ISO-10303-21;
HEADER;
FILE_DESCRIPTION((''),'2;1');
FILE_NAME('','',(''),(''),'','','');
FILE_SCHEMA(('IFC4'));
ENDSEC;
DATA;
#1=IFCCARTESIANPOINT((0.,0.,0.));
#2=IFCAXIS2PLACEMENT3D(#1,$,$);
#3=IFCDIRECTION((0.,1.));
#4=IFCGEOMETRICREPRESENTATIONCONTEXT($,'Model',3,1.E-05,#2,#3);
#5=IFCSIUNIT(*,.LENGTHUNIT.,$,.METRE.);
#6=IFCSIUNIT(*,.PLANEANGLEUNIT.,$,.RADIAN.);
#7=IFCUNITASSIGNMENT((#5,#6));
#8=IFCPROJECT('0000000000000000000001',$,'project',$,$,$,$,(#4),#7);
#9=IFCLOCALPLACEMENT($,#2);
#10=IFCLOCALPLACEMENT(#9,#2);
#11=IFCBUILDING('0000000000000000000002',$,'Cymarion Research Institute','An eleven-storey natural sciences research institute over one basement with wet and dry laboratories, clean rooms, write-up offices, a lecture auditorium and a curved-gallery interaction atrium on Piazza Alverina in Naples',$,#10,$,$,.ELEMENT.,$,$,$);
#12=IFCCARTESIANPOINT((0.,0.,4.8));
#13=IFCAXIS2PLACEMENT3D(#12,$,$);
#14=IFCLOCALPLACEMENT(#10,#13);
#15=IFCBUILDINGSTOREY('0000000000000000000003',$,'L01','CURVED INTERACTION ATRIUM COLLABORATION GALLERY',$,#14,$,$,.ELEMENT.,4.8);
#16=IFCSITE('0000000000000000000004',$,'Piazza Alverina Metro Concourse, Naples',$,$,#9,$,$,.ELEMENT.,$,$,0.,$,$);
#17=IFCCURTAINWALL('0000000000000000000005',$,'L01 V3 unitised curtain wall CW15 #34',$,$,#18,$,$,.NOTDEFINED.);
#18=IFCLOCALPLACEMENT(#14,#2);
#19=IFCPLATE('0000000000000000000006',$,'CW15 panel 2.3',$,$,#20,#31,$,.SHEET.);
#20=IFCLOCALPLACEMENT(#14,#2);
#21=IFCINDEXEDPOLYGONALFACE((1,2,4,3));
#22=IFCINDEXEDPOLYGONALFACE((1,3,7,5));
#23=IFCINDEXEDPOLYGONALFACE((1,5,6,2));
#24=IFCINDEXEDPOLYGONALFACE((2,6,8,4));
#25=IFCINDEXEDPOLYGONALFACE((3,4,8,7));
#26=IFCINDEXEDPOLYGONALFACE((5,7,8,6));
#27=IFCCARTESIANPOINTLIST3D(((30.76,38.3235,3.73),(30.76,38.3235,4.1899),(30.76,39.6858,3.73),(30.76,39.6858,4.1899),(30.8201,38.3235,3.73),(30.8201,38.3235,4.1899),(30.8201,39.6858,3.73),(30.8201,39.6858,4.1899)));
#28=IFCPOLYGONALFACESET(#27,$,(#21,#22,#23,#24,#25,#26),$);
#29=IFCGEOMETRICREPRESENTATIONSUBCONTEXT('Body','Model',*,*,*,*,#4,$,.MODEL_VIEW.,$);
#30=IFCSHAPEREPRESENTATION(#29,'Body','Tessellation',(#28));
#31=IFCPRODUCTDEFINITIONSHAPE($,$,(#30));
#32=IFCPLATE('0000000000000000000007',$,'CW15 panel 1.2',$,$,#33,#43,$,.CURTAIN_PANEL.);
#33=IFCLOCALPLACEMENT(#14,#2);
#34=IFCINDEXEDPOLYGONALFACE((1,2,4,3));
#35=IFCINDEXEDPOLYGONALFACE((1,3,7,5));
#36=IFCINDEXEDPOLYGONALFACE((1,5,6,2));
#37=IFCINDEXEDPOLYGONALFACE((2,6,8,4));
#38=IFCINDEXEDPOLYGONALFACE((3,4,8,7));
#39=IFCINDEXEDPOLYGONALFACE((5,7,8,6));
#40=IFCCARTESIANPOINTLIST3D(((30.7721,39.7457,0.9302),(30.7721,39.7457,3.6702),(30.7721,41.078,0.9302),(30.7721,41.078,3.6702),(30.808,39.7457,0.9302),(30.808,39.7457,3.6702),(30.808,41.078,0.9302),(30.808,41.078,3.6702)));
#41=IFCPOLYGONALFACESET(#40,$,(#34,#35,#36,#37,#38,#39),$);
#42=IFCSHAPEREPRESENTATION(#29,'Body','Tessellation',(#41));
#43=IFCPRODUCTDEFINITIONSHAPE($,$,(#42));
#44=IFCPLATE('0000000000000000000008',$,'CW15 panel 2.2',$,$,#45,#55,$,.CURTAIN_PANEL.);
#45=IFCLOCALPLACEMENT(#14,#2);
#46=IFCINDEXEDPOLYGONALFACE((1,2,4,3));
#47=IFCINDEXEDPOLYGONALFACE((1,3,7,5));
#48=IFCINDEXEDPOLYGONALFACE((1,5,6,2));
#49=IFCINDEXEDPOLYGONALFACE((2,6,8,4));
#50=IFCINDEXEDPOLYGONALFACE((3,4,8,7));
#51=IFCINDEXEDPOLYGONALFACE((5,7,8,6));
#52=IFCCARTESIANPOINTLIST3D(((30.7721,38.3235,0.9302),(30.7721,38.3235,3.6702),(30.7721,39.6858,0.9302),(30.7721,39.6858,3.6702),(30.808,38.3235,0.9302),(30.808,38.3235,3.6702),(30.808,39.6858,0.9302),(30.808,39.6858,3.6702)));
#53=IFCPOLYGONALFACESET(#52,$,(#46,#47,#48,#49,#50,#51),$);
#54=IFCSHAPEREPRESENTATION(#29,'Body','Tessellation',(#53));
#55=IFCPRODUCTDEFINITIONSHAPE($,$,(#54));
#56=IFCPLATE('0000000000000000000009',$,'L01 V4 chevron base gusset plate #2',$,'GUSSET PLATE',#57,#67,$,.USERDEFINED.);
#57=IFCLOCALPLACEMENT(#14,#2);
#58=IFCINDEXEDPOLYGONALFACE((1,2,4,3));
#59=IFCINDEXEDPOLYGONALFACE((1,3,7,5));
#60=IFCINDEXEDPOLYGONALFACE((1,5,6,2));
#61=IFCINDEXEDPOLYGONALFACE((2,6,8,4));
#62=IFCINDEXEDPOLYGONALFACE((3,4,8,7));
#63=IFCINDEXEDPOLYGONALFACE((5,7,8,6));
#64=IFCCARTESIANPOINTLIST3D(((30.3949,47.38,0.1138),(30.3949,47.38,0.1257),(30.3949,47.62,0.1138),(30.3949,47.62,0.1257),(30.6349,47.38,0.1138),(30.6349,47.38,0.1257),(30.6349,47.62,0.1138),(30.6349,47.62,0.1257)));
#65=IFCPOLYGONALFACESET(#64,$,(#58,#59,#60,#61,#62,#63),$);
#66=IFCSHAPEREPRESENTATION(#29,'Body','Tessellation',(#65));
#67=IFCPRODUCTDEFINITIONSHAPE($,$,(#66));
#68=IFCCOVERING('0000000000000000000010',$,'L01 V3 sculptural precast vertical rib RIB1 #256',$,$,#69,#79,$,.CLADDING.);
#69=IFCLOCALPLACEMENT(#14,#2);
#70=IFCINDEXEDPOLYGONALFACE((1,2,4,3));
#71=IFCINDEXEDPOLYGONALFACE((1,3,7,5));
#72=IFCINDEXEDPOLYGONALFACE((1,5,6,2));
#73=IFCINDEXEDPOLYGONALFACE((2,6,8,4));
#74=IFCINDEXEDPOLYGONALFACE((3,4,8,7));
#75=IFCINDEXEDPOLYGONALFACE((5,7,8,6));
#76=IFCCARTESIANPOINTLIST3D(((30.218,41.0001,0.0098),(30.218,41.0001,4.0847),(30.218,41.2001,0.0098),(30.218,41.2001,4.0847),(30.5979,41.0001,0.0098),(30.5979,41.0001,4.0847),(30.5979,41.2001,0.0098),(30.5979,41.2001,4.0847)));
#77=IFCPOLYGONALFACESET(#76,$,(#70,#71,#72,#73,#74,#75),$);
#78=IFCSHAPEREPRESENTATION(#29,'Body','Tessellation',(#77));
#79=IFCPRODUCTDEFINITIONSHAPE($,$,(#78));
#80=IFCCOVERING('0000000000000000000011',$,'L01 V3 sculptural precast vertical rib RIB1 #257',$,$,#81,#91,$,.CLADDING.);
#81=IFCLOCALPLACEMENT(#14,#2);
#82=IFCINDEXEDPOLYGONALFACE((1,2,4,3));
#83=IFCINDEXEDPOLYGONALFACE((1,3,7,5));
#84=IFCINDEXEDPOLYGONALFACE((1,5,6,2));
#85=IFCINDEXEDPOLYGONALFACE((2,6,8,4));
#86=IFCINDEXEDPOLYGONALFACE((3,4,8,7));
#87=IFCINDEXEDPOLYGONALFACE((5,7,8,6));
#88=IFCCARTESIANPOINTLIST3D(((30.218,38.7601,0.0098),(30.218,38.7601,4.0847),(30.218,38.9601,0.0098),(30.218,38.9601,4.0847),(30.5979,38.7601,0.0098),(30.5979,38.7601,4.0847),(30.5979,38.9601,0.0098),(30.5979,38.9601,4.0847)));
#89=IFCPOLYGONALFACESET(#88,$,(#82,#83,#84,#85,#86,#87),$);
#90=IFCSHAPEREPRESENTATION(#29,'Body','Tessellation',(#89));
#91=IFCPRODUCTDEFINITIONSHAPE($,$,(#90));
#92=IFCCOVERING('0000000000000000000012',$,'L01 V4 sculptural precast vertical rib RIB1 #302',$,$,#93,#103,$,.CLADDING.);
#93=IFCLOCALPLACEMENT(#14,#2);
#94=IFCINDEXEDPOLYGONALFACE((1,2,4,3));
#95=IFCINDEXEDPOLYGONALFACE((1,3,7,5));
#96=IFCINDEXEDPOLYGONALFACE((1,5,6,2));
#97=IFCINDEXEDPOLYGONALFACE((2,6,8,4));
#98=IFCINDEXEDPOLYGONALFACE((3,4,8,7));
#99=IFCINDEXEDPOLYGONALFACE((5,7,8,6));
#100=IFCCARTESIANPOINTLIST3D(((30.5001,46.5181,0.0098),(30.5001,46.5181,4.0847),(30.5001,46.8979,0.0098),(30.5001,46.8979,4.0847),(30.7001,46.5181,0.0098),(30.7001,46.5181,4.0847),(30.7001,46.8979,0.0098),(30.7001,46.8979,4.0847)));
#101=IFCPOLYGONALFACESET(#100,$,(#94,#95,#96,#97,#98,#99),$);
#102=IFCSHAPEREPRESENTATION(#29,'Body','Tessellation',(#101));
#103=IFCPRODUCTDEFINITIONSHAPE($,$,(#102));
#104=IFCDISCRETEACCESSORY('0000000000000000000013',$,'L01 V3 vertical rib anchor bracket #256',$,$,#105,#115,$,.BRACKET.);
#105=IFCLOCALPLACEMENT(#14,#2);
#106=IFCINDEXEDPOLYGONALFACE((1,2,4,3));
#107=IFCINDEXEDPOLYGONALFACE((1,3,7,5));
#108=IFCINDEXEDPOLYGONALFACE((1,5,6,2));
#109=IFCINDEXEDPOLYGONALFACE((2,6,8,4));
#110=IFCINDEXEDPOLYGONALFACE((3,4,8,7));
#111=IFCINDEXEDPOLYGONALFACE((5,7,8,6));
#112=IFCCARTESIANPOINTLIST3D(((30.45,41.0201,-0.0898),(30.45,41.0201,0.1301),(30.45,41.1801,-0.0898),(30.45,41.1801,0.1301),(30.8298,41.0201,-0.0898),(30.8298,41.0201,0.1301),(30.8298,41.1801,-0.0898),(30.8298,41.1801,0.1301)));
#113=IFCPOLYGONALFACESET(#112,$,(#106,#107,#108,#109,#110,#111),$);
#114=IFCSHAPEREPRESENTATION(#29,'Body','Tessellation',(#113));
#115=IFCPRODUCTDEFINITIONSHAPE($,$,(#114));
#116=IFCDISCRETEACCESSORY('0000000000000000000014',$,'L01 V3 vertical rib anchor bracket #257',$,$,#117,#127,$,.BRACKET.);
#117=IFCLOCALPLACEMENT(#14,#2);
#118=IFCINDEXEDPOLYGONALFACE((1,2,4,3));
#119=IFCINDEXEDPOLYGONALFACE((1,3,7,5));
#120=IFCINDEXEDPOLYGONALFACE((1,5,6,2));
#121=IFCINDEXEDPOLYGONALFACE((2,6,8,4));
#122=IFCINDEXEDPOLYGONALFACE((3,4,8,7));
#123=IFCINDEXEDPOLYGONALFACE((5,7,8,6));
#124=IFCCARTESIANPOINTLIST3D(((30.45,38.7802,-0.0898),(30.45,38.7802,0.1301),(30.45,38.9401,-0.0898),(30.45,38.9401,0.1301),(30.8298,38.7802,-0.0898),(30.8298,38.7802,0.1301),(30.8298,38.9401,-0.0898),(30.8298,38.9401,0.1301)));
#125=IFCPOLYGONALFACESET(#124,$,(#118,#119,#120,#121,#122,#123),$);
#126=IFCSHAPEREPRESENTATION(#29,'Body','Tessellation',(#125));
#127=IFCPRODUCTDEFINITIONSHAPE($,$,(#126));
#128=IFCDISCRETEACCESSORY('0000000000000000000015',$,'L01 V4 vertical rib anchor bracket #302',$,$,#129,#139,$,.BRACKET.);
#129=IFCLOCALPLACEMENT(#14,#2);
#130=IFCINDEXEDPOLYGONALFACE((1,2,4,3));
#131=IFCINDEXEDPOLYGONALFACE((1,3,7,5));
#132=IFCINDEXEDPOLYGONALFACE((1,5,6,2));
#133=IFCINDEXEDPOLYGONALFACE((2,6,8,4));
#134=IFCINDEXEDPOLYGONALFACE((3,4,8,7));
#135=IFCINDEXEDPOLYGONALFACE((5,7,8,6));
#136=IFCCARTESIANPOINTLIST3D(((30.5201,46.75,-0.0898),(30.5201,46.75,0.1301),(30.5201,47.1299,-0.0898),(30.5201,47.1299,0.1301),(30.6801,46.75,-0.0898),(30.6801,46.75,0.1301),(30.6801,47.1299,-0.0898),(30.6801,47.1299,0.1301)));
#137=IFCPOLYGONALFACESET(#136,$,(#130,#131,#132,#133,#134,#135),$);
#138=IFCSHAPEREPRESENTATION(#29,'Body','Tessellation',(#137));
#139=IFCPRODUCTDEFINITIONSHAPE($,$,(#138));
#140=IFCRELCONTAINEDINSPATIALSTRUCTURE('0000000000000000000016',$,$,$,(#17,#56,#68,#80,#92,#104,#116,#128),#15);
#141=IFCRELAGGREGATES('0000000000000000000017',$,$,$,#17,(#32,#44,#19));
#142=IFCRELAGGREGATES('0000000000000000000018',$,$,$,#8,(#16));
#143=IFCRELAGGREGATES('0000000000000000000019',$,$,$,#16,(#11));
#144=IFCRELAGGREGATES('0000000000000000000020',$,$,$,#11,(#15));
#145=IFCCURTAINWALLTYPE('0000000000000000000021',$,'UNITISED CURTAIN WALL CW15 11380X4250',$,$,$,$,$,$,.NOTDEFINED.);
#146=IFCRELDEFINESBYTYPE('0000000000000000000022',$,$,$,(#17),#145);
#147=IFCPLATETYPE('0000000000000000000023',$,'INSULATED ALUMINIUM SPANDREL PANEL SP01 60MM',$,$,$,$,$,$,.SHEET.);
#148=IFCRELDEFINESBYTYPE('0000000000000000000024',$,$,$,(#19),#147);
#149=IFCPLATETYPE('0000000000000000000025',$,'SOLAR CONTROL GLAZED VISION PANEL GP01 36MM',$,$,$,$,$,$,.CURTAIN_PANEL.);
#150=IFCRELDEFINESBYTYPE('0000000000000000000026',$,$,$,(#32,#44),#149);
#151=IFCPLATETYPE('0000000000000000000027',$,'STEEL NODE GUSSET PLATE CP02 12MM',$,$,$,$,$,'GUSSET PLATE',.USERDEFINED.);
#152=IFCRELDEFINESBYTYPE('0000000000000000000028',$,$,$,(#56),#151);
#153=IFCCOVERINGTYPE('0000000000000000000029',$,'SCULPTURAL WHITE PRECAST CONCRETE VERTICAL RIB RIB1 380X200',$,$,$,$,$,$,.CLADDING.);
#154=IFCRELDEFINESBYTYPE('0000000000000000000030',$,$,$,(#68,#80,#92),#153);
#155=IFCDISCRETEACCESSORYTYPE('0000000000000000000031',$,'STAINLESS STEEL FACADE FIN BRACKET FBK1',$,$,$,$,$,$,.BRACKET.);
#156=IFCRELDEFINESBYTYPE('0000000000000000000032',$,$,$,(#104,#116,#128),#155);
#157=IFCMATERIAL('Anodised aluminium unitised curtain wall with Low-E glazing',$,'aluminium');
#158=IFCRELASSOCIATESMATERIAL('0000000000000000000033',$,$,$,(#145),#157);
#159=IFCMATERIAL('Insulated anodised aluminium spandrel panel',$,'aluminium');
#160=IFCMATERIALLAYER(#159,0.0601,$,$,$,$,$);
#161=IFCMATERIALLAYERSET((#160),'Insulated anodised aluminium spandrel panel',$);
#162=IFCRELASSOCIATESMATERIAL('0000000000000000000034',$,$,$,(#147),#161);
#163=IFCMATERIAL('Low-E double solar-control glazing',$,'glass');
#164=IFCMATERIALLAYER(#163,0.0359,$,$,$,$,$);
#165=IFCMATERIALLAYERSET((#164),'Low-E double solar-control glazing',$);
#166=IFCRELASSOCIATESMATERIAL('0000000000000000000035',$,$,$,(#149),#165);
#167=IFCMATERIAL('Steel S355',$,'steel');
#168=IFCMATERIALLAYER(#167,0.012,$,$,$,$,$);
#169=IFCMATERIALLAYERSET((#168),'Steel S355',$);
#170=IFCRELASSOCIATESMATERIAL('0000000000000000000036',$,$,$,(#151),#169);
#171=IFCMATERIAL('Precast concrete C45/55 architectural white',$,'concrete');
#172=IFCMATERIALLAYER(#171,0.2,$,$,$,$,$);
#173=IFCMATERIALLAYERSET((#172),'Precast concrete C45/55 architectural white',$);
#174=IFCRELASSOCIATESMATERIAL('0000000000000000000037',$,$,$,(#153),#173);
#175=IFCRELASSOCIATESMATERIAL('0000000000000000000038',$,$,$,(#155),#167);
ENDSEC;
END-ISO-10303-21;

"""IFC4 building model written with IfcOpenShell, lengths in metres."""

from ifc_helpers import new_model, si_unit, direction, frame, origin, origin_2d, place, context, subcontext, project, spatial, rectangle, extrude, material, layer, layer_set, type_object, element, aggregate, save


model = new_model("IFC4")

# Units and contexts
model_context = context("Model", 3, precision=1e-05, world=origin(), true_north=direction((0.0, 1.0)))
body_context = subcontext(model_context, "Body", "Model", "MODEL_VIEW")
ifc_project = project(units=[si_unit("LENGTHUNIT", "METRE"), si_unit("PLANEANGLEUNIT", "RADIAN")], contexts=[model_context])

# Site, building, storey
site_placement = place(None, origin())
site = spatial("IfcSite", under=ifc_project, at=site_placement, Name="Piazza Alverina Metro Concourse, Naples", CompositionType="ELEMENT", RefElevation=0.0)
building_placement = place(site_placement, origin())
building = spatial("IfcBuilding", under=site, at=building_placement, Name="Cymarion Research Institute", Description="An eleven-storey natural sciences research institute over one basement with wet and dry laboratories, clean rooms, write-up offices, a lecture auditorium and a curved-gallery interaction atrium on Piazza Alverina in Naples", CompositionType="ELEMENT")
storey_placement = place(building_placement, frame((0.0, 0.0, 4.8)))
storey = spatial("IfcBuildingStorey", under=building, at=storey_placement, Name="L01", Description="CURVED INTERACTION ATRIUM COLLABORATION GALLERY", CompositionType="ELEMENT", Elevation=4.8)

# Curtain wall
ifc_material_1 = material(Name="Anodised aluminium unitised curtain wall with Low-E glazing", Category="aluminium")
curtain_wall_type = type_object("IfcCurtainWallType", Name="UNITISED CURTAIN WALL CW15 11380X4250", PredefinedType="NOTDEFINED", material=ifc_material_1)
curtain_wall_placement = place(storey_placement, origin())
curtain_wall = element("IfcCurtainWall", 1, at=curtain_wall_placement, inside=storey, type_object=curtain_wall_type, Name="L01 V3 unitised curtain wall CW15 #34", PredefinedType="NOTDEFINED")

# Shared definitions
ifc_material_2 = material(Name="Steel S355", Category="steel")

# Plates
ifc_material_3 = material(Name="Insulated anodised aluminium spandrel panel", Category="aluminium")
ifc_layer_1 = layer(ifc_material_3, 0.0601)
ifc_layer_set_1 = layer_set([ifc_layer_1], Name="Insulated anodised aluminium spandrel panel")
plate_type_1 = type_object("IfcPlateType", Name="INSULATED ALUMINIUM SPANDREL PANEL SP01 60MM", PredefinedType="SHEET", material=ifc_layer_set_1)
plate_1_placement = place(storey_placement, frame((30.79, 39.0046, 3.73), z_axis=(0.0, 0.0, 1.0), x_axis=(0.0, -1.0, 0.0)))
plate_1 = element("IfcPlate", 2, at=plate_1_placement, type_object=plate_type_1, Name="CW15 panel 2.3", PredefinedType="SHEET", context=body_context, shape_type="SweptSolid", body=[
    extrude(rectangle(XDim=1.3623, YDim=0.0601, at=origin_2d()), origin(), (0.0, 0.0, 1.0), 0.46),
])
ifc_material_4 = material(Name="Low-E double solar-control glazing", Category="glass")
ifc_layer_2 = layer(ifc_material_4, 0.0359)
ifc_layer_set_2 = layer_set([ifc_layer_2], Name="Low-E double solar-control glazing")
plate_type_2 = type_object("IfcPlateType", Name="SOLAR CONTROL GLAZED VISION PANEL GP01 36MM", PredefinedType="CURTAIN_PANEL", material=ifc_layer_set_2)
plate_2_placement = place(storey_placement, frame((30.79, 40.4119, 0.9302), z_axis=(0.0, 0.0, 1.0), x_axis=(0.0, -1.0, 0.0)))
plate_2 = element("IfcPlate", 3, at=plate_2_placement, type_object=plate_type_2, Name="CW15 panel 1.2", PredefinedType="CURTAIN_PANEL", context=body_context, shape_type="SweptSolid", body=[
    extrude(rectangle(XDim=1.3323, YDim=0.0359, at=origin_2d()), origin(), (0.0, 0.0, 1.0), 2.74),
])
plate_3_placement = place(storey_placement, frame((30.79, 39.0046, 0.9302), z_axis=(0.0, 0.0, 1.0), x_axis=(0.0, -1.0, 0.0)))
plate_3 = element("IfcPlate", 4, at=plate_3_placement, type_object=plate_type_2, Name="CW15 panel 2.2", PredefinedType="CURTAIN_PANEL", context=body_context, shape_type="SweptSolid", body=[
    extrude(rectangle(XDim=1.3623, YDim=0.0359, at=origin_2d()), origin(), (0.0, 0.0, 1.0), 2.74),
])
aggregate(curtain_wall, [plate_2, plate_3, plate_1])
ifc_layer_3 = layer(ifc_material_2, 0.012)
ifc_layer_set_3 = layer_set([ifc_layer_3], Name="Steel S355")
plate_type_3 = type_object("IfcPlateType", Name="STEEL NODE GUSSET PLATE CP02 12MM", ElementType="GUSSET PLATE", PredefinedType="USERDEFINED", material=ifc_layer_set_3)
plate_4_placement = place(storey_placement, frame((30.5149, 47.5, 0.1138), z_axis=(0.0, 0.0, 1.0), x_axis=(1.0, 0.0, 0.0)))
element("IfcPlate", 5, at=plate_4_placement, inside=storey, type_object=plate_type_3, Name="L01 V4 chevron base gusset plate #2", ObjectType="GUSSET PLATE", PredefinedType="USERDEFINED", context=body_context, shape_type="SweptSolid", body=[
    extrude(rectangle(XDim=0.24, YDim=0.24, at=origin_2d()), origin(), (0.0, 0.0, 1.0), 0.012),
])

# Coverings
ifc_material_5 = material(Name="Precast concrete C45/55 architectural white", Category="concrete")
ifc_layer_4 = layer(ifc_material_5, 0.2)
ifc_layer_set_4 = layer_set([ifc_layer_4], Name="Precast concrete C45/55 architectural white")
covering_type = type_object("IfcCoveringType", Name="SCULPTURAL WHITE PRECAST CONCRETE VERTICAL RIB RIB1 380X200", PredefinedType="CLADDING", material=ifc_layer_set_4)
for number, where, z_axis, x_axis, name in (
    (6, (30.408, 41.1001, 0.0098), (0.0, 0.0, 1.0), (-1.0, 0.0, 0.0), "L01 V3 sculptural precast vertical rib RIB1 #256"),
    (7, (30.408, 38.8601, 0.0098), (0.0, 0.0, 1.0), (-1.0, 0.0, 0.0), "L01 V3 sculptural precast vertical rib RIB1 #257"),
    (8, (30.6001, 46.708, 0.0098), (0.0, 0.0, 1.0), (0.0, -1.0, 0.0), "L01 V4 sculptural precast vertical rib RIB1 #302"),
):
    element("IfcCovering", number, at=place(storey_placement, frame(where, z_axis=z_axis, x_axis=x_axis)), inside=storey, type_object=covering_type, Name=name, PredefinedType="CLADDING", context=body_context, shape_type="SweptSolid", body=[
        extrude(rectangle(XDim=0.3799, YDim=0.2, at=origin_2d()), origin(), (0.0, 0.0, 1.0), 4.075),
    ])

# Discrete accessories
discrete_accessory_type = type_object("IfcDiscreteAccessoryType", Name="STAINLESS STEEL FACADE FIN BRACKET FBK1", PredefinedType="BRACKET", material=ifc_material_2)
for number, where, z_axis, x_axis, name in (
    (9, (30.6399, 41.1001, -0.0898), (0.0, 0.0, 1.0), (-1.0, 0.0, 0.0), "L01 V3 vertical rib anchor bracket #256"),
    (10, (30.6399, 38.8601, -0.0898), (0.0, 0.0, 1.0), (-1.0, 0.0, 0.0), "L01 V3 vertical rib anchor bracket #257"),
    (11, (30.6001, 46.9399, -0.0898), (0.0, 0.0, 1.0), (0.0, -1.0, 0.0), "L01 V4 vertical rib anchor bracket #302"),
):
    element("IfcDiscreteAccessory", number, at=place(storey_placement, frame(where, z_axis=z_axis, x_axis=x_axis)), inside=storey, type_object=discrete_accessory_type, Name=name, PredefinedType="BRACKET", context=body_context, shape_type="SweptSolid", body=[
        extrude(rectangle(XDim=0.3799, YDim=0.1599, at=origin_2d()), origin(), (0.0, 0.0, 1.0), 0.22),
    ])

save(model, "model.ifc")
